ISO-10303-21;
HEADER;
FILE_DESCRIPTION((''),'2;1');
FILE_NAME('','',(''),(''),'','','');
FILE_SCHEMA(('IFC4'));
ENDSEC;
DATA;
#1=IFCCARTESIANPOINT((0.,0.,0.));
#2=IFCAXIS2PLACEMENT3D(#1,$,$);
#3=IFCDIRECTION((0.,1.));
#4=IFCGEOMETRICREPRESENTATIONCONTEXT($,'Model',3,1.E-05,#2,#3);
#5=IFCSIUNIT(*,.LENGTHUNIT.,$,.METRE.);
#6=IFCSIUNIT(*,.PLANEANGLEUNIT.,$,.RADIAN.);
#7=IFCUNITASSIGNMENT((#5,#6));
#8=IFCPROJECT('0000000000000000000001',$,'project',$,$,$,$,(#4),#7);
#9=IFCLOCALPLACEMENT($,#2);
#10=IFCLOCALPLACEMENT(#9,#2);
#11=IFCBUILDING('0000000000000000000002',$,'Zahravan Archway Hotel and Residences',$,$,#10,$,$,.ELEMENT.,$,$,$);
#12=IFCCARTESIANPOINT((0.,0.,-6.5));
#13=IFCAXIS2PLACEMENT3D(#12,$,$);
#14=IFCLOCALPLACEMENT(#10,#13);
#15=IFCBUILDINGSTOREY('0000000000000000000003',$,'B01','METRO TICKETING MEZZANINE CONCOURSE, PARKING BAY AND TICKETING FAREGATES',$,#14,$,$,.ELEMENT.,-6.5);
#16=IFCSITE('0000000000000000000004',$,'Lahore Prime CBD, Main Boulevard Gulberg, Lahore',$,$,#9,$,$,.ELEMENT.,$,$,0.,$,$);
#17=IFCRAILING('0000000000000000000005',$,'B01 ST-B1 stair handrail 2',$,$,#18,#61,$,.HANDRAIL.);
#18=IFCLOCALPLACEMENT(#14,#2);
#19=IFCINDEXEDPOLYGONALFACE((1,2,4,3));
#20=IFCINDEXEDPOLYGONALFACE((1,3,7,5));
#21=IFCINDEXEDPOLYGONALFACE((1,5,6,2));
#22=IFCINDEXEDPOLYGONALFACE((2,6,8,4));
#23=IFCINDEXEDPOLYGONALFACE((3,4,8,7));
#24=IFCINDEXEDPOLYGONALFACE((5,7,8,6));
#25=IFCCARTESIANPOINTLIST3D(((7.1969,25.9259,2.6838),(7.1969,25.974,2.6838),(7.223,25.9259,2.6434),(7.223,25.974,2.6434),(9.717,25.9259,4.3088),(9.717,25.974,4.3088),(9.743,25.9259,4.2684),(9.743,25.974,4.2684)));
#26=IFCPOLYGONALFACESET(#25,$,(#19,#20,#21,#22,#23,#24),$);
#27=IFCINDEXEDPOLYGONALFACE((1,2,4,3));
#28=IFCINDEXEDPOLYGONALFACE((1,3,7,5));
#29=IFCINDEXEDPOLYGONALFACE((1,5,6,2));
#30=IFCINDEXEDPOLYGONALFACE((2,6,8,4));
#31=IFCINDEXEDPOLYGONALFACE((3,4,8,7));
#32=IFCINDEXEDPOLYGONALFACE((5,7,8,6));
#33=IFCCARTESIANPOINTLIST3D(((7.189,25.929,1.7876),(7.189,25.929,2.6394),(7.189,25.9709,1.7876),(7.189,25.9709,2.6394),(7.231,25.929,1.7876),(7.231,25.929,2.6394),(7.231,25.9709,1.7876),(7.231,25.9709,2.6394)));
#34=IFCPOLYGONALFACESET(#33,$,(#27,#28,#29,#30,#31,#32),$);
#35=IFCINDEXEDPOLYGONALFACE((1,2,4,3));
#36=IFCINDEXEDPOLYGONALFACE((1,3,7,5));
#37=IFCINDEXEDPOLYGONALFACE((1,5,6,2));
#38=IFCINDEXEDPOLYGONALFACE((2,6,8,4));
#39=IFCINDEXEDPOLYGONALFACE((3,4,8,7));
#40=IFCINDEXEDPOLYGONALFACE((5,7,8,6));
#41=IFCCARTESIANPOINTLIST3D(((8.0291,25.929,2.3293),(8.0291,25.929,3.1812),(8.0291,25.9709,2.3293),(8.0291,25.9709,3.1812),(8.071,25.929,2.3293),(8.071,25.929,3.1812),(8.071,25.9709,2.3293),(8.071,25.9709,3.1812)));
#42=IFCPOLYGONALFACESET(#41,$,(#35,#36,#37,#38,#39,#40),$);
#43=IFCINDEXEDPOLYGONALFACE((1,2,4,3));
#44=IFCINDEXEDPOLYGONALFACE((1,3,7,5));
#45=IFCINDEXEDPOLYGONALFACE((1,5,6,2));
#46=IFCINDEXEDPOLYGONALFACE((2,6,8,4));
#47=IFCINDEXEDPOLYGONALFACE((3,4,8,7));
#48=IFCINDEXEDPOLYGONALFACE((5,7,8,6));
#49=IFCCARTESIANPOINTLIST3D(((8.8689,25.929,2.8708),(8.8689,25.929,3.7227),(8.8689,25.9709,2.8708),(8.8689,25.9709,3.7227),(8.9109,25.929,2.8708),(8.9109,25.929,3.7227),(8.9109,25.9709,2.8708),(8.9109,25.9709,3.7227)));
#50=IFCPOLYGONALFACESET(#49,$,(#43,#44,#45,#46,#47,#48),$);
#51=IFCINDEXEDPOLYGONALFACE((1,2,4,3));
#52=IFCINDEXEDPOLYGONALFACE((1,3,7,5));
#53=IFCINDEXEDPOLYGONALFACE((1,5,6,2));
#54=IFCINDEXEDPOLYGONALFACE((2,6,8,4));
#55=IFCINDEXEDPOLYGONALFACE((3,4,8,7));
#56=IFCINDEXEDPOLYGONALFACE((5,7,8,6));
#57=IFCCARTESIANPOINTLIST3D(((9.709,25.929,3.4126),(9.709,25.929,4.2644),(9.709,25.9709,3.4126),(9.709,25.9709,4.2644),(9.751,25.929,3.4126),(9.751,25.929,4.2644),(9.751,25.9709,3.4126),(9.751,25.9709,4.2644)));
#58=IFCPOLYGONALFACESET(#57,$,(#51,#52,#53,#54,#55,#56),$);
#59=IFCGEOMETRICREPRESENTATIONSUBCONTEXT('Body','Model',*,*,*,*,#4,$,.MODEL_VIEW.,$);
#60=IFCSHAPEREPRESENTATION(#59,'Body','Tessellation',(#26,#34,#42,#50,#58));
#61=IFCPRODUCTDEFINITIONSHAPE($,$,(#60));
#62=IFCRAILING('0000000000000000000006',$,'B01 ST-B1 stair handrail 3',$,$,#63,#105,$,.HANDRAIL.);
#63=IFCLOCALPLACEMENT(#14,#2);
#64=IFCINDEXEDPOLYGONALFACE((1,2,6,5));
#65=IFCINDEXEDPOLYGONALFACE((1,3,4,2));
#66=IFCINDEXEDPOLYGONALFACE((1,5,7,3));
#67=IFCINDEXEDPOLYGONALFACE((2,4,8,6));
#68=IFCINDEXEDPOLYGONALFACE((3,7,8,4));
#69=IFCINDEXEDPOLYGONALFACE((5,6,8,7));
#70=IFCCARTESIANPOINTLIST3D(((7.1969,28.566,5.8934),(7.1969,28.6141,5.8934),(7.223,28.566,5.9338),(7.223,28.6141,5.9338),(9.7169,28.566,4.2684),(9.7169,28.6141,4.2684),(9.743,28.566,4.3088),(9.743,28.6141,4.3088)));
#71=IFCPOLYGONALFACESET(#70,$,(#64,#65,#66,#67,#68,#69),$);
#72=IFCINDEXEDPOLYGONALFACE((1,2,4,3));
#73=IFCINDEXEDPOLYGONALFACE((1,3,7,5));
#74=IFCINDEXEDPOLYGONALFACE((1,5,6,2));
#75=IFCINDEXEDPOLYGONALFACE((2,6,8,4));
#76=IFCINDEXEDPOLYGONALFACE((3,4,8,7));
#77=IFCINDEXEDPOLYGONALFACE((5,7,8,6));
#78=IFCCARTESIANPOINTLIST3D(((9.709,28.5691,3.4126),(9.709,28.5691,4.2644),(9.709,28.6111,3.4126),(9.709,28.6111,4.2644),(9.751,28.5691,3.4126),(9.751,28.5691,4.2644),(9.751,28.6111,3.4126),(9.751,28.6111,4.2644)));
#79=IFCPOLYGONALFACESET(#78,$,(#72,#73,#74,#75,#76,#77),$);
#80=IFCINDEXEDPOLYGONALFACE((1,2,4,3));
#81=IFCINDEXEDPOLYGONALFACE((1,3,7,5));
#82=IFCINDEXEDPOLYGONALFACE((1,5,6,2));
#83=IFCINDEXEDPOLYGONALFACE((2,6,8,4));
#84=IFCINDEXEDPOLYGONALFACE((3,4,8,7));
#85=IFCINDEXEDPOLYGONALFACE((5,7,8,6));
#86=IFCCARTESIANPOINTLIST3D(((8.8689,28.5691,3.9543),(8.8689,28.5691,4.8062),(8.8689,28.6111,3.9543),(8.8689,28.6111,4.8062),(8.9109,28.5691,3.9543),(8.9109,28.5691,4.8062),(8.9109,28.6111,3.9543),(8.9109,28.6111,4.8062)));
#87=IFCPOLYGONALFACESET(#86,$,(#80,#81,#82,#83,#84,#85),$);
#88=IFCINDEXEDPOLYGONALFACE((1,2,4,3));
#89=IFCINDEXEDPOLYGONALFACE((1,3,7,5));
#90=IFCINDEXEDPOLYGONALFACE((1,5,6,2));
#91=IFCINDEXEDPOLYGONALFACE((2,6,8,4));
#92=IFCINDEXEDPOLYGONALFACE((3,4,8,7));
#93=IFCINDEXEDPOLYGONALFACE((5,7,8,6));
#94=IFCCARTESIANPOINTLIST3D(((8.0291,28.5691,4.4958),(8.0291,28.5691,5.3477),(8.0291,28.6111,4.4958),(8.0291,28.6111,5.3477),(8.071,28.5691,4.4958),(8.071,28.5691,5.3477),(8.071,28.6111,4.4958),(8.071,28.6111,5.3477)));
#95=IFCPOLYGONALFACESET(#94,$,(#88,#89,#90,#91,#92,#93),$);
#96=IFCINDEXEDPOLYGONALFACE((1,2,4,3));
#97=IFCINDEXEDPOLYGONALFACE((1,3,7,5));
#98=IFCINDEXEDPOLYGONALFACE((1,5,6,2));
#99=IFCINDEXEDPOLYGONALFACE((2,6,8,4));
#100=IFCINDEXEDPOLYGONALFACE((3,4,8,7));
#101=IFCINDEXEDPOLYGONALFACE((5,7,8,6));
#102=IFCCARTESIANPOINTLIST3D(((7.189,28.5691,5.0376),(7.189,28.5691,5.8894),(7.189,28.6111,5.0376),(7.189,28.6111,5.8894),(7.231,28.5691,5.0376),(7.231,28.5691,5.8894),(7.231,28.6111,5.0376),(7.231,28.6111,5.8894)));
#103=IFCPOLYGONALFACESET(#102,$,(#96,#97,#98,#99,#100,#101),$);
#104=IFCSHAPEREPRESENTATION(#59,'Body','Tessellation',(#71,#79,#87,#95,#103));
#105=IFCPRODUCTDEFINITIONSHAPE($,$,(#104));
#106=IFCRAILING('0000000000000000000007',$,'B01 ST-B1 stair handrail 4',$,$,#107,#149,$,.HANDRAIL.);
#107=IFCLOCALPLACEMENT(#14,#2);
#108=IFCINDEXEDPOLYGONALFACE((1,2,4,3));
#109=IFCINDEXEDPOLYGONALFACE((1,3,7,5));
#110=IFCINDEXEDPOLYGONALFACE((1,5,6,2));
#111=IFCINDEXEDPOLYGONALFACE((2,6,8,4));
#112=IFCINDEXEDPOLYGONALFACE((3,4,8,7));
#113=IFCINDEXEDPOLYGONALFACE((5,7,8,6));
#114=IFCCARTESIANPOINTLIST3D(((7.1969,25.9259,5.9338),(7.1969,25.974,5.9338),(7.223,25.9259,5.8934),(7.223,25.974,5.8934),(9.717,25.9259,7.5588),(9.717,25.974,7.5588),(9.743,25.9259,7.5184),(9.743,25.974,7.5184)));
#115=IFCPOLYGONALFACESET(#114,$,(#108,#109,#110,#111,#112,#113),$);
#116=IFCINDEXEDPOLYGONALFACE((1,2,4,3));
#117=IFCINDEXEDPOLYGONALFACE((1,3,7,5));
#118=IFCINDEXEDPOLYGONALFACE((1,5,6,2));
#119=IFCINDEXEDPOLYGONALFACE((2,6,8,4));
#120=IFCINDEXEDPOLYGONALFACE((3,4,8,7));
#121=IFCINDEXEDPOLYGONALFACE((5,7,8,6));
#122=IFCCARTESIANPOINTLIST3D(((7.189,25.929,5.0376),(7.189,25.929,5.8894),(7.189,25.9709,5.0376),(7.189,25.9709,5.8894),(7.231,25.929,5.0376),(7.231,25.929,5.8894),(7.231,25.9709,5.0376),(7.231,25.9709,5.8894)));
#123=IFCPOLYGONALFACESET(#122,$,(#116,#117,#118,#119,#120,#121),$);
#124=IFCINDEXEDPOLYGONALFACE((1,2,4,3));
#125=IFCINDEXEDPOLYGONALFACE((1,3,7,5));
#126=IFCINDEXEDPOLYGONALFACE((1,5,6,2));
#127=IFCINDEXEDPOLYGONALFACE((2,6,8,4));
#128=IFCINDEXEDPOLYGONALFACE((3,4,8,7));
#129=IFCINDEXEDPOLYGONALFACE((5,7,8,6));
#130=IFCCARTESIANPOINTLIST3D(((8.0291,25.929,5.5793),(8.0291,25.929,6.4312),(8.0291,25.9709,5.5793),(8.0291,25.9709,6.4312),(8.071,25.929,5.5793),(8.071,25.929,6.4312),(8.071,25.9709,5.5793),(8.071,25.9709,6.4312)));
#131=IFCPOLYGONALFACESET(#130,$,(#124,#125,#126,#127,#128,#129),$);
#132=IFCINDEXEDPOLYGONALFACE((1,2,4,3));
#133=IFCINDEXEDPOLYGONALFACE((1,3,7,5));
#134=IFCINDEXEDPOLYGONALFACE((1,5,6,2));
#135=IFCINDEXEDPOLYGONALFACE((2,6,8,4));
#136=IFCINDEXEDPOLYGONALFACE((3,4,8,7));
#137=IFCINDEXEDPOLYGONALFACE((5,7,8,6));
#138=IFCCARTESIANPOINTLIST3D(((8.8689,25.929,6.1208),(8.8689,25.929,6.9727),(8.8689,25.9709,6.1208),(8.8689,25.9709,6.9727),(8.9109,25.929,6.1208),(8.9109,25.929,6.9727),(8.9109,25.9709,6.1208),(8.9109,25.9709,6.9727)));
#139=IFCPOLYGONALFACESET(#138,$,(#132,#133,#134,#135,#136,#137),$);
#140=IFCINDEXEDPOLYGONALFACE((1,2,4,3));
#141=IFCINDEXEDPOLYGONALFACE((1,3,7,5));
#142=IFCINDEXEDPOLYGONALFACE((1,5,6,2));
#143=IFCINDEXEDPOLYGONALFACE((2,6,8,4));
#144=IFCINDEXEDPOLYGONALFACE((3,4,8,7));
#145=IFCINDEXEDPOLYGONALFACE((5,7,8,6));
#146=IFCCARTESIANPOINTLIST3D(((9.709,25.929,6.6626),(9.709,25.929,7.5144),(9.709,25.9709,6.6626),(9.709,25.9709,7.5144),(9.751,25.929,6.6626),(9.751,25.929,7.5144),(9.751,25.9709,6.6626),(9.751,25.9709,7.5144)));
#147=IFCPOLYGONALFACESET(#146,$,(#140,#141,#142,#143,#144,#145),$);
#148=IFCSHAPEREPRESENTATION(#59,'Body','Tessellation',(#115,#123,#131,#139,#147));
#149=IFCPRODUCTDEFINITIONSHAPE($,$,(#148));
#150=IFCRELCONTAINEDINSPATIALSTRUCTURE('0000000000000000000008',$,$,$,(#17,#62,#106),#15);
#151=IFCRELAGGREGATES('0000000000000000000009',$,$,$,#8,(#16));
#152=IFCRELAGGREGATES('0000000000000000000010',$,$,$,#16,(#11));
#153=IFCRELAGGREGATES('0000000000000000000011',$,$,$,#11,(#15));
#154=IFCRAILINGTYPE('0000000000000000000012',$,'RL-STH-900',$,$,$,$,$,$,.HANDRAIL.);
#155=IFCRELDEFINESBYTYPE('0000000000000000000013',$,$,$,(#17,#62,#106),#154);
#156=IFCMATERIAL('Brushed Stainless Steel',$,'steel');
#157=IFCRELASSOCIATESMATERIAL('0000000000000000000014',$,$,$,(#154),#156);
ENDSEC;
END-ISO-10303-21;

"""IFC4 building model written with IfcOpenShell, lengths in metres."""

from ifc_helpers import new_model, si_unit, direction, frame, origin, origin_2d, place, context, subcontext, project, spatial, rectangle, extrude, material, type_object, element, save


model = new_model("IFC4")

# Units and contexts
model_context = context("Model", 3, precision=1e-05, world=origin(), true_north=direction((0.0, 1.0)))
body_context = subcontext(model_context, "Body", "Model", "MODEL_VIEW")
ifc_project = project(units=[si_unit("LENGTHUNIT", "METRE"), si_unit("PLANEANGLEUNIT", "RADIAN")], contexts=[model_context])

# Site, building, storey
site_placement = place(None, origin())
site = spatial("IfcSite", under=ifc_project, at=site_placement, Name="Lahore Prime CBD, Main Boulevard Gulberg, Lahore", CompositionType="ELEMENT", RefElevation=0.0)
building_placement = place(site_placement, origin())
building = spatial("IfcBuilding", under=site, at=building_placement, Name="Zahravan Archway Hotel and Residences", CompositionType="ELEMENT")
storey_placement = place(building_placement, frame((0.0, 0.0, -6.5)))
storey = spatial("IfcBuildingStorey", under=building, at=storey_placement, Name="B01", Description="METRO TICKETING MEZZANINE CONCOURSE, PARKING BAY AND TICKETING FAREGATES", CompositionType="ELEMENT", Elevation=-6.5)

# Shared definitions
ifc_material_1 = material(Name="Brushed Stainless Steel", Category="steel")

# Railings
railing_type_1 = type_object("IfcRailingType", Name="RL-STH-900", PredefinedType="HANDRAIL", material=ifc_material_1)
railing_1_placement = place(storey_placement, frame((7.21, 25.95, 1.7876)))
element("IfcRailing", 1, at=railing_1_placement, inside=storey, type_object=railing_type_1, Name="B01 ST-B1 stair handrail 2", PredefinedType="HANDRAIL", context=body_context, shape_type="SweptSolid", body=[
    extrude(rectangle(XDim=0.0481, YDim=0.0481, at=origin_2d()), frame((0.0, 0.0, 0.876), z_axis=(0.840421, 0.0, 0.541934), x_axis=(0.0, 1.0, 0.0)), (0.0, 0.0, 1.0), 2.9985),
    extrude(rectangle(XDim=0.042, YDim=0.042, at=origin_2d()), origin(), (0.0, 0.0, 1.0), 0.8518),
    extrude(rectangle(XDim=0.042, YDim=0.042, at=origin_2d()), frame((0.8401, 0.0, 0.5417)), (0.0, 0.0, 1.0), 0.8518),
    extrude(rectangle(XDim=0.042, YDim=0.042, at=origin_2d()), frame((1.6799, 0.0, 1.0833)), (0.0, 0.0, 1.0), 0.8518),
    extrude(rectangle(XDim=0.042, YDim=0.042, at=origin_2d()), frame((2.52, 0.0, 1.625)), (0.0, 0.0, 1.0), 0.8518),
])
railing_2_placement = place(storey_placement, frame((9.73, 28.5901, 3.4126)))
element("IfcRailing", 2, at=railing_2_placement, inside=storey, type_object=railing_type_1, Name="B01 ST-B1 stair handrail 3", PredefinedType="HANDRAIL", context=body_context, shape_type="SweptSolid", body=[
    extrude(rectangle(XDim=0.0481, YDim=0.0481, at=origin_2d()), frame((0.0, 0.0, 0.876), z_axis=(-0.840421, 0.0, 0.541934), x_axis=(0.0, -1.0, 0.0)), (0.0, 0.0, 1.0), 2.9985),
    extrude(rectangle(XDim=0.042, YDim=0.042, at=origin_2d()), origin(), (0.0, 0.0, 1.0), 0.8518),
    extrude(rectangle(XDim=0.042, YDim=0.042, at=origin_2d()), frame((-0.8401, 0.0, 0.5417)), (0.0, 0.0, 1.0), 0.8518),
    extrude(rectangle(XDim=0.042, YDim=0.042, at=origin_2d()), frame((-1.6799, 0.0, 1.0833)), (0.0, 0.0, 1.0), 0.8518),
    extrude(rectangle(XDim=0.042, YDim=0.042, at=origin_2d()), frame((-2.52, 0.0, 1.625)), (0.0, 0.0, 1.0), 0.8518),
])
railing_3_placement = place(storey_placement, frame((7.21, 25.95, 5.0376)))
element("IfcRailing", 3, at=railing_3_placement, inside=storey, type_object=railing_type_1, Name="B01 ST-B1 stair handrail 4", PredefinedType="HANDRAIL", context=body_context, shape_type="SweptSolid", body=[
    extrude(rectangle(XDim=0.0481, YDim=0.0481, at=origin_2d()), frame((0.0, 0.0, 0.876), z_axis=(0.840421, 0.0, 0.541934), x_axis=(0.0, 1.0, 0.0)), (0.0, 0.0, 1.0), 2.9985),
    extrude(rectangle(XDim=0.042, YDim=0.042, at=origin_2d()), origin(), (0.0, 0.0, 1.0), 0.8518),
    extrude(rectangle(XDim=0.042, YDim=0.042, at=origin_2d()), frame((0.8401, 0.0, 0.5417)), (0.0, 0.0, 1.0), 0.8518),
    extrude(rectangle(XDim=0.042, YDim=0.042, at=origin_2d()), frame((1.6799, 0.0, 1.0833)), (0.0, 0.0, 1.0), 0.8518),
    extrude(rectangle(XDim=0.042, YDim=0.042, at=origin_2d()), frame((2.52, 0.0, 1.625)), (0.0, 0.0, 1.0), 0.8518),
])

save(model, "model.ifc")
